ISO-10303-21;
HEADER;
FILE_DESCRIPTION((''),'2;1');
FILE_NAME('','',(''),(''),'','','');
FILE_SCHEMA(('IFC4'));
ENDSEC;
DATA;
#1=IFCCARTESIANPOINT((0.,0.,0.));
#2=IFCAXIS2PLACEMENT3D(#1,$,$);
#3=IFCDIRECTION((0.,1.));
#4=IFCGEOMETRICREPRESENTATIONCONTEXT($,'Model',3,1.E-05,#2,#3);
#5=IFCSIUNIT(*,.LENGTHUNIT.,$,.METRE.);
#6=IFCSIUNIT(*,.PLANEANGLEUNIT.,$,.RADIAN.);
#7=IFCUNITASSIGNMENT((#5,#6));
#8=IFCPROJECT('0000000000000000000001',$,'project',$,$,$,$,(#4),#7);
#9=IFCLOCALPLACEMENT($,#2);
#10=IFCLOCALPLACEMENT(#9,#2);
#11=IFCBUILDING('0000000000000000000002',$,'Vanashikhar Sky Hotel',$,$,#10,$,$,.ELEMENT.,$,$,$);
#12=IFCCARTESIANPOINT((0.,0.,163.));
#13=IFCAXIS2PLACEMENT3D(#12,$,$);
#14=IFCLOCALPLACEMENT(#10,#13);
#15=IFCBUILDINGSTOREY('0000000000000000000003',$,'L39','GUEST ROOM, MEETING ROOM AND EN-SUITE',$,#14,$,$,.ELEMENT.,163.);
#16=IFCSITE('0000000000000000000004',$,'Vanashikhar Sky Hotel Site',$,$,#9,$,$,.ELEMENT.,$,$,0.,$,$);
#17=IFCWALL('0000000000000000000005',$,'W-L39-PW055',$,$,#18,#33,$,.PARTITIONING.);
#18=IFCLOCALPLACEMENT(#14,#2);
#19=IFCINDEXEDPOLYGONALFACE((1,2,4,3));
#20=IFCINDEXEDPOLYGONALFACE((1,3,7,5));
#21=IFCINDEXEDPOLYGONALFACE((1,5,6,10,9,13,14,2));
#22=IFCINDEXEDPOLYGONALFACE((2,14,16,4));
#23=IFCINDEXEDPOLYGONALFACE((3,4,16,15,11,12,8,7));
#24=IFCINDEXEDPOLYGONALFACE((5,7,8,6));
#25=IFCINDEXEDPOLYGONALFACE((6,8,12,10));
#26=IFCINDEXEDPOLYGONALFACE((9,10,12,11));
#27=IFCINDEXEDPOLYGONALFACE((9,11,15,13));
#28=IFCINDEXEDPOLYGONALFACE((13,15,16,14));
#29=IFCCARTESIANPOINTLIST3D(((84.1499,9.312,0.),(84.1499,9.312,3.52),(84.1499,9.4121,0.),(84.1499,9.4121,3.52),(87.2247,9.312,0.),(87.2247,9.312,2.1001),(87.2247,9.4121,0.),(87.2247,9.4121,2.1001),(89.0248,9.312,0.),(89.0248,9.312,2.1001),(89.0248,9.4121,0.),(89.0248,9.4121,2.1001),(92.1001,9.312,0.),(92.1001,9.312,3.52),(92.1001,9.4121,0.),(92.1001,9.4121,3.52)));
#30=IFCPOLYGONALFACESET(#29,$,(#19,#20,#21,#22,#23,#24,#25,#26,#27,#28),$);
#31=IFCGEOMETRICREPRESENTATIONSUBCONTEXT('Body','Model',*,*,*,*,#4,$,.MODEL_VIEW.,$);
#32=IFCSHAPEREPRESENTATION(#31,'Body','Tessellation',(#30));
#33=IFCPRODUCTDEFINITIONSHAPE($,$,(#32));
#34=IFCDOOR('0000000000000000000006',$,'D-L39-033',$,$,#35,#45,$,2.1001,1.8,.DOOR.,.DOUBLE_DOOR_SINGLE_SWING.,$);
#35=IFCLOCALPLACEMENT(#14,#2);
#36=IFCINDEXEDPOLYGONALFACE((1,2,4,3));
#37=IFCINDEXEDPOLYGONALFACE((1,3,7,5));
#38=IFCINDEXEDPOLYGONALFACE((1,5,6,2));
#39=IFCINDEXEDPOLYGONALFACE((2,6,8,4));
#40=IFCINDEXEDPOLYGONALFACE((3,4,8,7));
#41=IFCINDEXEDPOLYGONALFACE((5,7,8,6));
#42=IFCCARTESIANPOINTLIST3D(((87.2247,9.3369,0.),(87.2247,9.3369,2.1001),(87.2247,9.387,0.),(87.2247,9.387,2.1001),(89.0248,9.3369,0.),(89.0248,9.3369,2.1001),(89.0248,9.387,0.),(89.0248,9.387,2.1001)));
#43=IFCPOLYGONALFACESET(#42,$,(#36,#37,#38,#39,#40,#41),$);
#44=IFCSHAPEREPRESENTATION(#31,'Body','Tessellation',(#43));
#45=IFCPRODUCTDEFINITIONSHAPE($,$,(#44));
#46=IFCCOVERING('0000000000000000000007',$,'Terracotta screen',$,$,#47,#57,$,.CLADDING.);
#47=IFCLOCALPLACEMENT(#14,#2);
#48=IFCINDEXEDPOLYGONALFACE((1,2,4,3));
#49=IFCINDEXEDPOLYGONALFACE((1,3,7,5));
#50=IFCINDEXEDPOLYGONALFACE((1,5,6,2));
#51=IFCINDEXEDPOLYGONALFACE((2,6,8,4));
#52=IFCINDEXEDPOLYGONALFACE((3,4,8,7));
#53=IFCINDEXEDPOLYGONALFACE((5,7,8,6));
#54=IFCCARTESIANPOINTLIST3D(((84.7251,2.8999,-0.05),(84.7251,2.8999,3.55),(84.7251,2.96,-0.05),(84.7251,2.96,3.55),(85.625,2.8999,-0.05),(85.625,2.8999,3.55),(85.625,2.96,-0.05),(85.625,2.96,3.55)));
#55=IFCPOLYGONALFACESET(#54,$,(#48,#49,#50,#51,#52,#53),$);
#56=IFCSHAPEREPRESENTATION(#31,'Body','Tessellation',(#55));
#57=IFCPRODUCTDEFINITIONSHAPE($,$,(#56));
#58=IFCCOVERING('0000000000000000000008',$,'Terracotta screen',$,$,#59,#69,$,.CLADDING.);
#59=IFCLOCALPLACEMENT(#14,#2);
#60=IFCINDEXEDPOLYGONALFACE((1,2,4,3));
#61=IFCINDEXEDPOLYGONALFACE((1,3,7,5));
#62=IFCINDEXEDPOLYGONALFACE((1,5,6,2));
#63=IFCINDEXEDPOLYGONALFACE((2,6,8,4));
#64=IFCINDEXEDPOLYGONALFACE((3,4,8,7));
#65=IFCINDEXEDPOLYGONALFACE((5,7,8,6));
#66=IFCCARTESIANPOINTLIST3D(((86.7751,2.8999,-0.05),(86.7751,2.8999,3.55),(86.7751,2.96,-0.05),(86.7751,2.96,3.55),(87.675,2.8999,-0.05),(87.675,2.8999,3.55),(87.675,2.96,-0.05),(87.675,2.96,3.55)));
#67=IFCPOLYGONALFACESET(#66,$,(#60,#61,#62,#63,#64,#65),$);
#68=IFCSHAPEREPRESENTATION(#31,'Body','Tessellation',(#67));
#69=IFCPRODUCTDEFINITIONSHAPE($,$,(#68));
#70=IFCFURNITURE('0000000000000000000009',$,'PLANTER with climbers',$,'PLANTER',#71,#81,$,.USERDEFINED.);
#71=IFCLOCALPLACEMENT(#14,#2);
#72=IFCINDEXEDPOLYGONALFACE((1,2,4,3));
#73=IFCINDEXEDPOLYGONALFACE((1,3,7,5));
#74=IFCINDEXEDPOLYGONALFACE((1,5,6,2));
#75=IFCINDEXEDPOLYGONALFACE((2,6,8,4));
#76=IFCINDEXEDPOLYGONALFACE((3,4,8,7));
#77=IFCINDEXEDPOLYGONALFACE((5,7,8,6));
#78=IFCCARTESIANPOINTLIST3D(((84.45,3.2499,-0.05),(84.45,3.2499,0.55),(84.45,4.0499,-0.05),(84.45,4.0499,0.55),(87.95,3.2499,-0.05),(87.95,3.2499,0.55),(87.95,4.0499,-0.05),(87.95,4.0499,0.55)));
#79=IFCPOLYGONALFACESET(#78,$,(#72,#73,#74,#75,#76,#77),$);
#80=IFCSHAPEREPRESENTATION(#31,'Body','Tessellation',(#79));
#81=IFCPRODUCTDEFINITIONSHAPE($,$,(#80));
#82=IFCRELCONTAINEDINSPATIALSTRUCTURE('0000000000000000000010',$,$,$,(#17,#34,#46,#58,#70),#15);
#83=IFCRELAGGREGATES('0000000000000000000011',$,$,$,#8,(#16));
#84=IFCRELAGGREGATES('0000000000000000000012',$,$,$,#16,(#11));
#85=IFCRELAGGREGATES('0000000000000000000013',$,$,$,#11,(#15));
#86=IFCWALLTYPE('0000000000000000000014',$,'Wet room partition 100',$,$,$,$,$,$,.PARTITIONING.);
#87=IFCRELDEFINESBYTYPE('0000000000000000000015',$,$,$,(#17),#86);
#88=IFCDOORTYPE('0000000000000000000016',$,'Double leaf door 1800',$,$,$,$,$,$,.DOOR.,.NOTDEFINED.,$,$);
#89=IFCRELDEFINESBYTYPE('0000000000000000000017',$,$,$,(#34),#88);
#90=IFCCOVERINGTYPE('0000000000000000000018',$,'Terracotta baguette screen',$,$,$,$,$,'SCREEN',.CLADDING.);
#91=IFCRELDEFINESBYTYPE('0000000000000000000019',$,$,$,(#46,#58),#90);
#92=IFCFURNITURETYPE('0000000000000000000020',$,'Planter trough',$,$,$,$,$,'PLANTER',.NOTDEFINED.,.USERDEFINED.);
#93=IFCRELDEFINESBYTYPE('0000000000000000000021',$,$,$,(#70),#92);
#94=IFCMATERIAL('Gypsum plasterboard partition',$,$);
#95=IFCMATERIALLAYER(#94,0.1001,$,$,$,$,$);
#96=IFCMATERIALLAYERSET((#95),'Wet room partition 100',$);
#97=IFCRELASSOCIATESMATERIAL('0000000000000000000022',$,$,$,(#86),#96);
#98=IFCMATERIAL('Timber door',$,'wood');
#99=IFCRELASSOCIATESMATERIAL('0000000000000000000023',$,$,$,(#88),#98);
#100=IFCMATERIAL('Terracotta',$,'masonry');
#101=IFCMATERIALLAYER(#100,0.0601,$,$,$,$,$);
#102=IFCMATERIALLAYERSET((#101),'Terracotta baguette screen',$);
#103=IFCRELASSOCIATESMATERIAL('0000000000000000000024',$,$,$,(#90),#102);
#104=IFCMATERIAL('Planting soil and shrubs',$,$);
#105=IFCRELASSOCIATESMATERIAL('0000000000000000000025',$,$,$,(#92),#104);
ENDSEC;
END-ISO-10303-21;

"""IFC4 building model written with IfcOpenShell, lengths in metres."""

from ifc_helpers import new_model, si_unit, direction, frame, frame_2d, origin, origin_2d, place, context, subcontext, project, spatial, rectangle, extrude, source, transform, mapped, material, layer, layer_set, type_object, element, fill, save


model = new_model("IFC4")

# Units and contexts
model_context = context("Model", 3, precision=1e-05, world=origin(), true_north=direction((0.0, 1.0)))
body_context = subcontext(model_context, "Body", "Model", "MODEL_VIEW")
ifc_project = project(units=[si_unit("LENGTHUNIT", "METRE"), si_unit("PLANEANGLEUNIT", "RADIAN")], contexts=[model_context])

# Site, building, storey
site_placement = place(None, origin())
site = spatial("IfcSite", under=ifc_project, at=site_placement, Name="Vanashikhar Sky Hotel Site", CompositionType="ELEMENT", RefElevation=0.0)
building_placement = place(site_placement, origin())
building = spatial("IfcBuilding", under=site, at=building_placement, Name="Vanashikhar Sky Hotel", CompositionType="ELEMENT")
storey_placement = place(building_placement, frame((0.0, 0.0, 163.0)))
storey = spatial("IfcBuildingStorey", under=building, at=storey_placement, Name="L39", Description="GUEST ROOM, MEETING ROOM AND EN-SUITE", CompositionType="ELEMENT", Elevation=163.0)

# Wall, opening, door
ifc_material_1 = material(Name="Gypsum plasterboard partition")
ifc_layer_1 = layer(ifc_material_1, 0.1001)
ifc_layer_set_1 = layer_set([ifc_layer_1], Name="Wet room partition 100")
wall_type_1 = type_object("IfcWallType", Name="Wet room partition 100", PredefinedType="PARTITIONING", material=ifc_layer_set_1)
ifc_material_2 = material(Name="Timber door", Category="wood")
shared_shape_1 = source(origin(), body_context, "Body", "SweptSolid", [
    extrude(rectangle(XDim=7.9502, YDim=0.1001, at=frame_2d((3.9751, 0.0))), origin(), (0.0, 0.0, 1.0), 3.52),
])
wall_1_placement = place(storey_placement, frame((84.1499, 9.3621, 0.0), z_axis=(0.0, 0.0, 1.0), x_axis=(1.0, 0.0, 0.0)))
wall_1 = element("IfcWall", 1, at=wall_1_placement, inside=storey, type_object=wall_type_1, Name="W-L39-PW055", PredefinedType="PARTITIONING", context=body_context, shape_type="MappedRepresentation", body=[
    mapped(shared_shape_1, transform((0.0, 0.0, 0.0), scale=1.0)),
])
shared_shape_2 = source(origin(), body_context, "Body", "SweptSolid", [
    extrude(rectangle(XDim=1.8, YDim=2.1001, at=frame_2d((0.8999, 1.05))), frame((0.0, 0.0601, 0.0), z_axis=(0.0, -1.0, 0.0), x_axis=(1.0, 0.0, 0.0)), (0.0, 0.0, 1.0), 0.1201),
])
opening_1_placement = place(wall_1_placement, frame((3.075, 0.0, 0.0)))
opening_1 = element("IfcOpeningElement", 2, at=opening_1_placement, cuts=wall_1, PredefinedType="OPENING", context=body_context, shape_type="MappedRepresentation", body=[
    mapped(shared_shape_2, transform((0.0, 0.0, 0.0), scale=1.0)),
])
door_type_1 = type_object("IfcDoorType", Name="Double leaf door 1800", OperationType="NOTDEFINED", PredefinedType="DOOR", material=ifc_material_2)
shared_shape_3 = source(origin(), body_context, "Body", "SweptSolid", [
    extrude(rectangle(XDim=1.8, YDim=2.1001, at=frame_2d((0.8999, 1.05))), frame((0.0, 0.0249, 0.0), z_axis=(0.0, -1.0, 0.0), x_axis=(1.0, 0.0, 0.0)), (0.0, 0.0, 1.0), 0.05),
])
door_1_placement = place(opening_1_placement, origin())
door_1 = element("IfcDoor", 3, at=door_1_placement, inside=storey, type_object=door_type_1, Name="D-L39-033", OperationType="DOUBLE_DOOR_SINGLE_SWING", OverallHeight=2.1001, OverallWidth=1.8, PredefinedType="DOOR", context=body_context, shape_type="MappedRepresentation", body=[
    mapped(shared_shape_3, transform((0.0, 0.0, 0.0), scale=1.0)),
])
fill(opening_1, door_1)

# Coverings
ifc_material_3 = material(Name="Terracotta", Category="masonry")
ifc_layer_2 = layer(ifc_material_3, 0.0601)
ifc_layer_set_2 = layer_set([ifc_layer_2], Name="Terracotta baguette screen")
covering_type = type_object("IfcCoveringType", Name="Terracotta baguette screen", ElementType="SCREEN", PredefinedType="CLADDING", material=ifc_layer_set_2)
shared_shape_4 = source(origin(), body_context, "Body", "SweptSolid", [
    extrude(rectangle(XDim=0.8999, YDim=0.0601, at=origin_2d()), origin(), (0.0, 0.0, 1.0), 3.6001),
])
for number, where, z_axis, x_axis, name in (
    (4, (85.175, 2.9299, -0.05), (0.0, 0.0, 1.0), (1.0, 0.0, 0.0), "Terracotta screen"),
    (5, (87.2251, 2.9299, -0.05), (0.0, 0.0, 1.0), (1.0, 0.0, 0.0), "Terracotta screen"),
):
    element("IfcCovering", number, at=place(storey_placement, frame(where, z_axis=z_axis, x_axis=x_axis)), inside=storey, type_object=covering_type, Name=name, PredefinedType="CLADDING", context=body_context, shape_type="MappedRepresentation", body=[
        mapped(shared_shape_4, transform((0.0, 0.0, 0.0), scale=1.0)),
    ])

# Furniture
ifc_material_4 = material(Name="Planting soil and shrubs")
furniture_type = type_object("IfcFurnitureType", Name="Planter trough", ElementType="PLANTER", AssemblyPlace="NOTDEFINED", PredefinedType="USERDEFINED", material=ifc_material_4)
shared_shape_5 = source(origin(), body_context, "Body", "SweptSolid", [
    extrude(rectangle(XDim=3.5, YDim=0.8, at=origin_2d()), origin(), (0.0, 0.0, 1.0), 0.6001),
])
furniture_placement = place(storey_placement, frame((86.2, 3.6499, -0.05), z_axis=(0.0, 0.0, 1.0), x_axis=(1.0, 0.0, 0.0)))
element("IfcFurniture", 6, at=furniture_placement, inside=storey, type_object=furniture_type, Name="PLANTER with climbers", ObjectType="PLANTER", PredefinedType="USERDEFINED", context=body_context, shape_type="MappedRepresentation", body=[
    mapped(shared_shape_5, transform((0.0, 0.0, 0.0), scale=1.0)),
])

save(model, "model.ifc")
